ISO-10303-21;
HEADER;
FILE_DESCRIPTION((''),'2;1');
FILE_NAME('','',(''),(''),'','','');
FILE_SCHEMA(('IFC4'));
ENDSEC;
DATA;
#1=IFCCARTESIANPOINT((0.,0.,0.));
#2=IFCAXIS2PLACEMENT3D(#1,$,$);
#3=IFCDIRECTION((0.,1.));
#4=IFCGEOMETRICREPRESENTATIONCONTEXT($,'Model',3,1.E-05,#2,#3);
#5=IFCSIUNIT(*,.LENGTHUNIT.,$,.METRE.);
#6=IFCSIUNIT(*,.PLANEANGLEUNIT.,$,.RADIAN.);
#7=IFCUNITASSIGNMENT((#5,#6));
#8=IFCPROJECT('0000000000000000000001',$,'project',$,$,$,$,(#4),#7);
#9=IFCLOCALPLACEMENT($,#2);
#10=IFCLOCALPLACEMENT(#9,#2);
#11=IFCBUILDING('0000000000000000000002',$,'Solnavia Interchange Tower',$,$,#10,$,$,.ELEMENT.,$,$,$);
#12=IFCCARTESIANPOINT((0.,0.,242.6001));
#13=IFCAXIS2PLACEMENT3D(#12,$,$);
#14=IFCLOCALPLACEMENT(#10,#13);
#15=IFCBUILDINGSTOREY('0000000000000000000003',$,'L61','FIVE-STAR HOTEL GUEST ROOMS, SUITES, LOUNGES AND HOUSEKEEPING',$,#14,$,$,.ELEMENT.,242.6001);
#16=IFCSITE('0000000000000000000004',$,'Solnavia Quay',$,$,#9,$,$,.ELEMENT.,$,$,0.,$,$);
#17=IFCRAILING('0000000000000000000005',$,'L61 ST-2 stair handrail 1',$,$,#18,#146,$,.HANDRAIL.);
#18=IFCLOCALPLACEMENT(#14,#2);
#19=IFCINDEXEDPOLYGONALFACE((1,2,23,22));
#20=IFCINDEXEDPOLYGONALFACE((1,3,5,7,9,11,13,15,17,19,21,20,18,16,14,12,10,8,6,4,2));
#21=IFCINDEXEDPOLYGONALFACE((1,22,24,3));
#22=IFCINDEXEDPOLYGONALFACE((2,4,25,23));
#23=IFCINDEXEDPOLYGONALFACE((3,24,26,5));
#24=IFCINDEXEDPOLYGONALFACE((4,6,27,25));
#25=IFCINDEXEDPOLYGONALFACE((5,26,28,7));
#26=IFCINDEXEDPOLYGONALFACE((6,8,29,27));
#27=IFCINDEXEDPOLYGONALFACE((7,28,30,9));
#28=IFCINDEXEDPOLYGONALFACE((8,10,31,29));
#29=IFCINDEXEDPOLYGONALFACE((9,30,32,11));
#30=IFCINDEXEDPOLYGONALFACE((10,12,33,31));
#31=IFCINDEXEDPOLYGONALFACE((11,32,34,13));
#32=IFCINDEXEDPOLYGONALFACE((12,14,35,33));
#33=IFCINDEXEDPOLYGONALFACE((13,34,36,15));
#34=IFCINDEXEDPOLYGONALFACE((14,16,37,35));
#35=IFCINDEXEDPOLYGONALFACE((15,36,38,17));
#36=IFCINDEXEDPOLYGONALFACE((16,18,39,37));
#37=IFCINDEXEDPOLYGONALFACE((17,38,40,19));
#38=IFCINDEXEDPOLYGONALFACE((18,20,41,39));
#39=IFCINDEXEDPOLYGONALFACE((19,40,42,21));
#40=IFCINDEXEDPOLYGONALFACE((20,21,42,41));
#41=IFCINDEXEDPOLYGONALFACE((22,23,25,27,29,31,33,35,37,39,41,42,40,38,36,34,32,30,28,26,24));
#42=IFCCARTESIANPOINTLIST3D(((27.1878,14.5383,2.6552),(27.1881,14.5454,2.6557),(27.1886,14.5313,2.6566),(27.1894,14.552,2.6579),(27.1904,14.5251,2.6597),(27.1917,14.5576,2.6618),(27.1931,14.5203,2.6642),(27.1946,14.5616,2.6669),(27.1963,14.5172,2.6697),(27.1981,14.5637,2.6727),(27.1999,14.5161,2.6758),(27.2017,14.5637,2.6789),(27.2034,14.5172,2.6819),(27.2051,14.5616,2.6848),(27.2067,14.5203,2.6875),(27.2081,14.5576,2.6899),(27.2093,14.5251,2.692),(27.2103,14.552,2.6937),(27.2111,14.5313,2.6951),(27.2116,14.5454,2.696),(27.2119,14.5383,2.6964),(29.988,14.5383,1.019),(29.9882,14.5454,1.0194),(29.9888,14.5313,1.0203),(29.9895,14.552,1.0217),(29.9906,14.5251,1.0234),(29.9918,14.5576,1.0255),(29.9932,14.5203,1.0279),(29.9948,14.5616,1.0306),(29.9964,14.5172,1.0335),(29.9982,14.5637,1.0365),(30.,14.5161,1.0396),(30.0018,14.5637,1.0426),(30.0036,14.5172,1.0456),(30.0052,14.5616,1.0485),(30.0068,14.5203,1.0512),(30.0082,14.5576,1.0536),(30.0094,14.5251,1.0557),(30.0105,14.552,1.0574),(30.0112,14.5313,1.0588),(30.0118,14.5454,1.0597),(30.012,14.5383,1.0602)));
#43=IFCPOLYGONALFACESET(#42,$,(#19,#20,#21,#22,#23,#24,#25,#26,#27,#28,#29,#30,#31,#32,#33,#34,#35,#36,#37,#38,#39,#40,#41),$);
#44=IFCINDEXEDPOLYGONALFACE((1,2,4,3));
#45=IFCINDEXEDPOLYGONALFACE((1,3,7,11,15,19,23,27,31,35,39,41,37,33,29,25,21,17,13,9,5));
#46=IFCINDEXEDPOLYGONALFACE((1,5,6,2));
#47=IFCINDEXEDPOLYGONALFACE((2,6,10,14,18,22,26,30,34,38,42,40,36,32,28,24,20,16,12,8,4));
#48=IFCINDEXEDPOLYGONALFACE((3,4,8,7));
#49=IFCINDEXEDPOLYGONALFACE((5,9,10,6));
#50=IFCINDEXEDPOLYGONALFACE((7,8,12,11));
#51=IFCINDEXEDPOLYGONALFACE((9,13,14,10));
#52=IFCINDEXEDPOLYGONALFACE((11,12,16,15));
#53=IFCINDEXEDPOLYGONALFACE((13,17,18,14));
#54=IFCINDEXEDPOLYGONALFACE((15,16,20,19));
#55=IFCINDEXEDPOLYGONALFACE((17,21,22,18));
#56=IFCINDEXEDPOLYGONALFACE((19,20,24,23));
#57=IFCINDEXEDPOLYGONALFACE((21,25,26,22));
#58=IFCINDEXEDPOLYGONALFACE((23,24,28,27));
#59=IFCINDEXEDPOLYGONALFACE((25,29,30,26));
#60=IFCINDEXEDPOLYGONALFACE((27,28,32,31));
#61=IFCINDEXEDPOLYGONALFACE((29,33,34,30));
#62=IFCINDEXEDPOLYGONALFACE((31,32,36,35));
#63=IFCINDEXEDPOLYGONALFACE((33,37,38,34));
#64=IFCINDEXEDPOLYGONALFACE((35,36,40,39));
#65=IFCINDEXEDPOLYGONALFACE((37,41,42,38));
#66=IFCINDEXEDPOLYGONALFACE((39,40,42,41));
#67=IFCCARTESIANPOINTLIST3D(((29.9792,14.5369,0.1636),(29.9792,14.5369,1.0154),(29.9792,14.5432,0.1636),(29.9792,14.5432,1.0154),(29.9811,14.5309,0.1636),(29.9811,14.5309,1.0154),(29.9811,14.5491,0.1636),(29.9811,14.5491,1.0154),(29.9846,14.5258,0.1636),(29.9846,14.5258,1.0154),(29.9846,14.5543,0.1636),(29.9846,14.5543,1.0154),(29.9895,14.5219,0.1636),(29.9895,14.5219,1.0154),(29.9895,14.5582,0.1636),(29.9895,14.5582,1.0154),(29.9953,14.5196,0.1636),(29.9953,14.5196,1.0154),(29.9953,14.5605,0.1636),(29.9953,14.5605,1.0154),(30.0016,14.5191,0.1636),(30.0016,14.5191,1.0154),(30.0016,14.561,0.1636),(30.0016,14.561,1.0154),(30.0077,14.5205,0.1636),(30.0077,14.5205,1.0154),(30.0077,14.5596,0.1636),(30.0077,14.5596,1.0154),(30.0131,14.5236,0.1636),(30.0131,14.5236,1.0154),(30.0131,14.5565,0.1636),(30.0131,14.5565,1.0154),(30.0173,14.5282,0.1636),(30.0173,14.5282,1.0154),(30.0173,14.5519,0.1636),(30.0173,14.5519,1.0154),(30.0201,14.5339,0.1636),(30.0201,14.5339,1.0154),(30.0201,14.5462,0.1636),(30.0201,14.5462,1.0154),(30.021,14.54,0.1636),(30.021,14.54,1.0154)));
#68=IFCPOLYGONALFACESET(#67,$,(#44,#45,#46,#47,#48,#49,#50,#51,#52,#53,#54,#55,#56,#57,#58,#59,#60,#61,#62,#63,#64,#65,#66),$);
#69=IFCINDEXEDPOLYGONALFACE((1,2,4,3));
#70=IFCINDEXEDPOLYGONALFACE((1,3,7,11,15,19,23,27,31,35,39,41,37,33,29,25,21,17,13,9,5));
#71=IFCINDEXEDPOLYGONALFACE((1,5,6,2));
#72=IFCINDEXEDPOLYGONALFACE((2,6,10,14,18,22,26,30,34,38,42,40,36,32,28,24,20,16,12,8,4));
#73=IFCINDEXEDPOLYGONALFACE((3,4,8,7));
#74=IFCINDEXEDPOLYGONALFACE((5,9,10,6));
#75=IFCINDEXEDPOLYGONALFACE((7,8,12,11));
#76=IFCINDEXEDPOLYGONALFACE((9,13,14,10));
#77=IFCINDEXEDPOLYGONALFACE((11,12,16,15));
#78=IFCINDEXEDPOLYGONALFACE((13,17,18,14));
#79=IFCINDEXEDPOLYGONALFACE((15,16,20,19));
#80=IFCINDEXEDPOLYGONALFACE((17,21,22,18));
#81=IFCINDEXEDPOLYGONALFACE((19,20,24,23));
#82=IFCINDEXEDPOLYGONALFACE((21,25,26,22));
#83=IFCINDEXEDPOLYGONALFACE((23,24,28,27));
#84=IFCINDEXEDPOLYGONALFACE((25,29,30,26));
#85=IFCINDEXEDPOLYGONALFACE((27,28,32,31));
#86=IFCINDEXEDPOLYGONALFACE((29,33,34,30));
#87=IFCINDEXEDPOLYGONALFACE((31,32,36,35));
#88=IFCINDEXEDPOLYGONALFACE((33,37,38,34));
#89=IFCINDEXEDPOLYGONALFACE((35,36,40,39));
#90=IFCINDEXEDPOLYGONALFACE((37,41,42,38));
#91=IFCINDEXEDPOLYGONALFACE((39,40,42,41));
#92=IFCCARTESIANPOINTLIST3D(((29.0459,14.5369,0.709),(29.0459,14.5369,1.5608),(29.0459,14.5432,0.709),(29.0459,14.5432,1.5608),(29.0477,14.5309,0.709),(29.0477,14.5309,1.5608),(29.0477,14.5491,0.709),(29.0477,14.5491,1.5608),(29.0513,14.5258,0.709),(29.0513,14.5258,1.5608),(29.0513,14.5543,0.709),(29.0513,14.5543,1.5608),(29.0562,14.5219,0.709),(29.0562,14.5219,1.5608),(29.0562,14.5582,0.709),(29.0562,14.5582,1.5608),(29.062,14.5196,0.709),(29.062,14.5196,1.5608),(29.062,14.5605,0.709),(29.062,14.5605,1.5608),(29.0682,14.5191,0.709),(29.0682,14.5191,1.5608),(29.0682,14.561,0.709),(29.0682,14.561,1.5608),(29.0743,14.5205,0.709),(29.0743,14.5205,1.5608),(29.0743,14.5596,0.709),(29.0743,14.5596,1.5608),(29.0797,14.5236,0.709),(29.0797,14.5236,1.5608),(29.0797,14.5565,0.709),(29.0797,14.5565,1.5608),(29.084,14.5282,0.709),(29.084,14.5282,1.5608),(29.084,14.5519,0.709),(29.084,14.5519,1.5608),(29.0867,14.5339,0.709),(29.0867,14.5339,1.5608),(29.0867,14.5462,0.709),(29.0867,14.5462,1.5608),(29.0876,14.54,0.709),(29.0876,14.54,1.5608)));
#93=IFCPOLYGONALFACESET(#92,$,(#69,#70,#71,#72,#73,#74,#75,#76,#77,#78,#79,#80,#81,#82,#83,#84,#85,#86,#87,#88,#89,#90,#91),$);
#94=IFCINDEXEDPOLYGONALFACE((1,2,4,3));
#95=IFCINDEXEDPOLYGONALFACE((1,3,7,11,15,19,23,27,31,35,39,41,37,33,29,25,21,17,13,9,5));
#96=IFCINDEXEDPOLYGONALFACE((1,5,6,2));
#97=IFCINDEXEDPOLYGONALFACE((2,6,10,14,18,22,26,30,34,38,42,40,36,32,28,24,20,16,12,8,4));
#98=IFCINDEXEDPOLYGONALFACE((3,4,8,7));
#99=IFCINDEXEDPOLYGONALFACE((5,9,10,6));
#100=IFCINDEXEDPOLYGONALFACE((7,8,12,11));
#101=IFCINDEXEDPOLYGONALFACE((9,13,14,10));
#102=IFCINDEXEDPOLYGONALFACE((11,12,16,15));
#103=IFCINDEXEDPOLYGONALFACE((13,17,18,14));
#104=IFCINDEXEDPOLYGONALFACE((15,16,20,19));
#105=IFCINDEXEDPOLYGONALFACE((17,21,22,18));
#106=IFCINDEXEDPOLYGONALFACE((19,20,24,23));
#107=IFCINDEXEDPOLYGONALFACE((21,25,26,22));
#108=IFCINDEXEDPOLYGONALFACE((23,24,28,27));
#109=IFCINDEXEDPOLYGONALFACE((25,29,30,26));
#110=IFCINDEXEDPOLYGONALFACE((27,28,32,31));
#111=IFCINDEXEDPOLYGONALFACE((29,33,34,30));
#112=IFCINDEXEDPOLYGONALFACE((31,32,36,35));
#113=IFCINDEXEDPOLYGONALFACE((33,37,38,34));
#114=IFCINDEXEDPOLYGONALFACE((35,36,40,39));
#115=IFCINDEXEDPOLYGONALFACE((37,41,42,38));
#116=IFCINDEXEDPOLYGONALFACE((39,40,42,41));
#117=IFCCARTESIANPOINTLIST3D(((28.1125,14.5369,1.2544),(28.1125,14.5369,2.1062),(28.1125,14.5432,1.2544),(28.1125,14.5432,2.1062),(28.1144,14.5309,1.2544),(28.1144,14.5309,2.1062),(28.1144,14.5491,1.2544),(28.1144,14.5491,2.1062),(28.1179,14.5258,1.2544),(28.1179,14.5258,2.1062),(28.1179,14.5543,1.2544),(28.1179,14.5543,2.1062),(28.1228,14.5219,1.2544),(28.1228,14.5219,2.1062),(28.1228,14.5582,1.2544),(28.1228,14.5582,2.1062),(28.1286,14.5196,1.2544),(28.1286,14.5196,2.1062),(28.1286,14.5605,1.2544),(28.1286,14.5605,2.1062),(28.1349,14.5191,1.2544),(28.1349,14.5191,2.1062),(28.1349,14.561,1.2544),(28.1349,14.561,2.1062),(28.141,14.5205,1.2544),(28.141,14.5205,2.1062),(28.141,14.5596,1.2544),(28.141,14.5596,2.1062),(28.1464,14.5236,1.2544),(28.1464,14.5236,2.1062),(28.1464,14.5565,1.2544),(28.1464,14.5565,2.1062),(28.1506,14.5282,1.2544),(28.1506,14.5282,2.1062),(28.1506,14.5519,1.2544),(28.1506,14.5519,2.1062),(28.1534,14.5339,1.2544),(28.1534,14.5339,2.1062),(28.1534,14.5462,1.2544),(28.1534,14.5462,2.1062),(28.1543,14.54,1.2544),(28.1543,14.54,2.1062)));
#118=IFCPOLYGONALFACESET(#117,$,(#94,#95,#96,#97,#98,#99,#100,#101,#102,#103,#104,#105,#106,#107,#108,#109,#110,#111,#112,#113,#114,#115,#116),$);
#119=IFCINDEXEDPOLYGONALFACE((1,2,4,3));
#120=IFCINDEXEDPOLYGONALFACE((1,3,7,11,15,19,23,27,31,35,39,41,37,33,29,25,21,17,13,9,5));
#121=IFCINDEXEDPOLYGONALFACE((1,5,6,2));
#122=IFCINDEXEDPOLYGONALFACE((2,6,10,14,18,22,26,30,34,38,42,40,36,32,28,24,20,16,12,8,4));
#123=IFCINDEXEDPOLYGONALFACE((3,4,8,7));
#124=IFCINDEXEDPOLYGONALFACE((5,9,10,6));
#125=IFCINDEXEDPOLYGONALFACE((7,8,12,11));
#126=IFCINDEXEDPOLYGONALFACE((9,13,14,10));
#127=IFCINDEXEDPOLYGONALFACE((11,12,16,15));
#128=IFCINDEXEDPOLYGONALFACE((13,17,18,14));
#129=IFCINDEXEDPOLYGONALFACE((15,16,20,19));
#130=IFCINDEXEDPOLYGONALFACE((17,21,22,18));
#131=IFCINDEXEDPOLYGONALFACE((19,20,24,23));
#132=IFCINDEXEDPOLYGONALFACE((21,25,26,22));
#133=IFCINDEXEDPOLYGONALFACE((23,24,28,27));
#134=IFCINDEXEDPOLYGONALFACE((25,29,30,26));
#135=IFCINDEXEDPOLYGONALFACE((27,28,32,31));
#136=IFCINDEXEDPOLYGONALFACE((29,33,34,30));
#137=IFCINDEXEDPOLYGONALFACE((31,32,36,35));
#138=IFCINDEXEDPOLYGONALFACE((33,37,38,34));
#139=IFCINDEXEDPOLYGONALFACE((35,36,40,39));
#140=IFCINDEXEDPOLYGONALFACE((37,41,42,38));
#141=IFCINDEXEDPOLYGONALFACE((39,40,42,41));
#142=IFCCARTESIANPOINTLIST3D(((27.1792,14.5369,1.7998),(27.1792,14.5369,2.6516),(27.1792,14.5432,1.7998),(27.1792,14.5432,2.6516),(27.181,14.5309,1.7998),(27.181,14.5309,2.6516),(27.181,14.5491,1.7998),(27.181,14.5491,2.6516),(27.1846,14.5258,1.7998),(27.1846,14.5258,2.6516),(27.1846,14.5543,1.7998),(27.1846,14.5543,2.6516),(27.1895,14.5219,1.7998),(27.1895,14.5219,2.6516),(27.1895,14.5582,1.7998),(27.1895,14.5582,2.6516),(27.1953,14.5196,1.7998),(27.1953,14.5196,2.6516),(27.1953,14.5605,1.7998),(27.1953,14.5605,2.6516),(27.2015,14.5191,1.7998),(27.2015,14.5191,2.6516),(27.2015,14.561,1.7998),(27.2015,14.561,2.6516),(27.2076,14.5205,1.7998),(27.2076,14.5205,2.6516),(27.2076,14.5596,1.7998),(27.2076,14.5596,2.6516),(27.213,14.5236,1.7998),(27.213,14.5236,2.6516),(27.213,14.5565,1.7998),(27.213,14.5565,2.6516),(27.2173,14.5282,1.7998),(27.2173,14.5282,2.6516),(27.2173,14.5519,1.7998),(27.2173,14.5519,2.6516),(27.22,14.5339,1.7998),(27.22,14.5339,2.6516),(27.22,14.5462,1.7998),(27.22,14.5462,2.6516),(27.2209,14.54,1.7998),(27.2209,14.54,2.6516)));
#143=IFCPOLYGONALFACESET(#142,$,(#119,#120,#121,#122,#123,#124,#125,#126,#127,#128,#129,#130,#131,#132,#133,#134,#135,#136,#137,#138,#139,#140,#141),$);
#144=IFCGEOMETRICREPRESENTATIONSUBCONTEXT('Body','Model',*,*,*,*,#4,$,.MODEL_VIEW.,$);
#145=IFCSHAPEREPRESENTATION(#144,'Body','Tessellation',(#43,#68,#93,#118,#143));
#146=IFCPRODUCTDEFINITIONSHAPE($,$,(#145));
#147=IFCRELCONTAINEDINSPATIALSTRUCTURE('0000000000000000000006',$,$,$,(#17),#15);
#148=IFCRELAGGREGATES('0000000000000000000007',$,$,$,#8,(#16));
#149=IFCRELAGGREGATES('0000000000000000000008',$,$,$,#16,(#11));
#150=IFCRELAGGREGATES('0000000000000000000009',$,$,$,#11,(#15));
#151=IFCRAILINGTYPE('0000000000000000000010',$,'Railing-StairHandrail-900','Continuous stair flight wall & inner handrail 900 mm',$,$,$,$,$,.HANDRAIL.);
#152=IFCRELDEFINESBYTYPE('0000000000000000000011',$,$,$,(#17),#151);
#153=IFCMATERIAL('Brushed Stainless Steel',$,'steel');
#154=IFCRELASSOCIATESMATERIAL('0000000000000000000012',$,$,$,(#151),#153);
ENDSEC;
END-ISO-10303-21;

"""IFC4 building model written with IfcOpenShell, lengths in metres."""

from ifc_helpers import new_model, si_unit, direction, frame, origin, origin_2d, place, context, subcontext, project, spatial, circle, extrude, material, type_object, element, save


model = new_model("IFC4")

# Units and contexts
model_context = context("Model", 3, precision=1e-05, world=origin(), true_north=direction((0.0, 1.0)))
body_context = subcontext(model_context, "Body", "Model", "MODEL_VIEW")
ifc_project = project(units=[si_unit("LENGTHUNIT", "METRE"), si_unit("PLANEANGLEUNIT", "RADIAN")], contexts=[model_context])

# Site, building, storey
site_placement = place(None, origin())
site = spatial("IfcSite", under=ifc_project, at=site_placement, Name="Solnavia Quay", CompositionType="ELEMENT", RefElevation=0.0)
building_placement = place(site_placement, origin())
building = spatial("IfcBuilding", under=site, at=building_placement, Name="Solnavia Interchange Tower", CompositionType="ELEMENT")
storey_placement = place(building_placement, frame((0.0, 0.0, 242.6001)))
storey = spatial("IfcBuildingStorey", under=building, at=storey_placement, Name="L61", Description="FIVE-STAR HOTEL GUEST ROOMS, SUITES, LOUNGES AND HOUSEKEEPING", CompositionType="ELEMENT", Elevation=242.6001)

# Railing
ifc_material_1 = material(Name="Brushed Stainless Steel", Category="steel")
railing_type_1 = type_object("IfcRailingType", Name="Railing-StairHandrail-900", Description="Continuous stair flight wall & inner handrail 900 mm", PredefinedType="HANDRAIL", material=ifc_material_1)
railing_1_placement = place(storey_placement, frame((30.0, 14.54, 0.1636)))
element("IfcRailing", 1, at=railing_1_placement, inside=storey, type_object=railing_type_1, Name="L61 ST-2 stair handrail 1", PredefinedType="HANDRAIL", context=body_context, shape_type="SweptSolid", body=[
    extrude(circle(Radius=0.0239, at=origin_2d()), frame((0.0, 0.0, 0.876), z_axis=(-0.863394, 0.0, 0.504531), x_axis=(0.0, -1.0, 0.0)), (0.0, 0.0, 1.0), 3.2432),
    extrude(circle(Radius=0.021, at=origin_2d()), origin(), (0.0, 0.0, 1.0), 0.8518),
    extrude(circle(Radius=0.021, at=origin_2d()), frame((-0.9333, 0.0, 0.5454)), (0.0, 0.0, 1.0), 0.8518),
    extrude(circle(Radius=0.021, at=origin_2d()), frame((-1.8667, 0.0, 1.0908)), (0.0, 0.0, 1.0), 0.8518),
    extrude(circle(Radius=0.021, at=origin_2d()), frame((-2.8, 0.0, 1.6362)), (0.0, 0.0, 1.0), 0.8518),
])

save(model, "model.ifc")
